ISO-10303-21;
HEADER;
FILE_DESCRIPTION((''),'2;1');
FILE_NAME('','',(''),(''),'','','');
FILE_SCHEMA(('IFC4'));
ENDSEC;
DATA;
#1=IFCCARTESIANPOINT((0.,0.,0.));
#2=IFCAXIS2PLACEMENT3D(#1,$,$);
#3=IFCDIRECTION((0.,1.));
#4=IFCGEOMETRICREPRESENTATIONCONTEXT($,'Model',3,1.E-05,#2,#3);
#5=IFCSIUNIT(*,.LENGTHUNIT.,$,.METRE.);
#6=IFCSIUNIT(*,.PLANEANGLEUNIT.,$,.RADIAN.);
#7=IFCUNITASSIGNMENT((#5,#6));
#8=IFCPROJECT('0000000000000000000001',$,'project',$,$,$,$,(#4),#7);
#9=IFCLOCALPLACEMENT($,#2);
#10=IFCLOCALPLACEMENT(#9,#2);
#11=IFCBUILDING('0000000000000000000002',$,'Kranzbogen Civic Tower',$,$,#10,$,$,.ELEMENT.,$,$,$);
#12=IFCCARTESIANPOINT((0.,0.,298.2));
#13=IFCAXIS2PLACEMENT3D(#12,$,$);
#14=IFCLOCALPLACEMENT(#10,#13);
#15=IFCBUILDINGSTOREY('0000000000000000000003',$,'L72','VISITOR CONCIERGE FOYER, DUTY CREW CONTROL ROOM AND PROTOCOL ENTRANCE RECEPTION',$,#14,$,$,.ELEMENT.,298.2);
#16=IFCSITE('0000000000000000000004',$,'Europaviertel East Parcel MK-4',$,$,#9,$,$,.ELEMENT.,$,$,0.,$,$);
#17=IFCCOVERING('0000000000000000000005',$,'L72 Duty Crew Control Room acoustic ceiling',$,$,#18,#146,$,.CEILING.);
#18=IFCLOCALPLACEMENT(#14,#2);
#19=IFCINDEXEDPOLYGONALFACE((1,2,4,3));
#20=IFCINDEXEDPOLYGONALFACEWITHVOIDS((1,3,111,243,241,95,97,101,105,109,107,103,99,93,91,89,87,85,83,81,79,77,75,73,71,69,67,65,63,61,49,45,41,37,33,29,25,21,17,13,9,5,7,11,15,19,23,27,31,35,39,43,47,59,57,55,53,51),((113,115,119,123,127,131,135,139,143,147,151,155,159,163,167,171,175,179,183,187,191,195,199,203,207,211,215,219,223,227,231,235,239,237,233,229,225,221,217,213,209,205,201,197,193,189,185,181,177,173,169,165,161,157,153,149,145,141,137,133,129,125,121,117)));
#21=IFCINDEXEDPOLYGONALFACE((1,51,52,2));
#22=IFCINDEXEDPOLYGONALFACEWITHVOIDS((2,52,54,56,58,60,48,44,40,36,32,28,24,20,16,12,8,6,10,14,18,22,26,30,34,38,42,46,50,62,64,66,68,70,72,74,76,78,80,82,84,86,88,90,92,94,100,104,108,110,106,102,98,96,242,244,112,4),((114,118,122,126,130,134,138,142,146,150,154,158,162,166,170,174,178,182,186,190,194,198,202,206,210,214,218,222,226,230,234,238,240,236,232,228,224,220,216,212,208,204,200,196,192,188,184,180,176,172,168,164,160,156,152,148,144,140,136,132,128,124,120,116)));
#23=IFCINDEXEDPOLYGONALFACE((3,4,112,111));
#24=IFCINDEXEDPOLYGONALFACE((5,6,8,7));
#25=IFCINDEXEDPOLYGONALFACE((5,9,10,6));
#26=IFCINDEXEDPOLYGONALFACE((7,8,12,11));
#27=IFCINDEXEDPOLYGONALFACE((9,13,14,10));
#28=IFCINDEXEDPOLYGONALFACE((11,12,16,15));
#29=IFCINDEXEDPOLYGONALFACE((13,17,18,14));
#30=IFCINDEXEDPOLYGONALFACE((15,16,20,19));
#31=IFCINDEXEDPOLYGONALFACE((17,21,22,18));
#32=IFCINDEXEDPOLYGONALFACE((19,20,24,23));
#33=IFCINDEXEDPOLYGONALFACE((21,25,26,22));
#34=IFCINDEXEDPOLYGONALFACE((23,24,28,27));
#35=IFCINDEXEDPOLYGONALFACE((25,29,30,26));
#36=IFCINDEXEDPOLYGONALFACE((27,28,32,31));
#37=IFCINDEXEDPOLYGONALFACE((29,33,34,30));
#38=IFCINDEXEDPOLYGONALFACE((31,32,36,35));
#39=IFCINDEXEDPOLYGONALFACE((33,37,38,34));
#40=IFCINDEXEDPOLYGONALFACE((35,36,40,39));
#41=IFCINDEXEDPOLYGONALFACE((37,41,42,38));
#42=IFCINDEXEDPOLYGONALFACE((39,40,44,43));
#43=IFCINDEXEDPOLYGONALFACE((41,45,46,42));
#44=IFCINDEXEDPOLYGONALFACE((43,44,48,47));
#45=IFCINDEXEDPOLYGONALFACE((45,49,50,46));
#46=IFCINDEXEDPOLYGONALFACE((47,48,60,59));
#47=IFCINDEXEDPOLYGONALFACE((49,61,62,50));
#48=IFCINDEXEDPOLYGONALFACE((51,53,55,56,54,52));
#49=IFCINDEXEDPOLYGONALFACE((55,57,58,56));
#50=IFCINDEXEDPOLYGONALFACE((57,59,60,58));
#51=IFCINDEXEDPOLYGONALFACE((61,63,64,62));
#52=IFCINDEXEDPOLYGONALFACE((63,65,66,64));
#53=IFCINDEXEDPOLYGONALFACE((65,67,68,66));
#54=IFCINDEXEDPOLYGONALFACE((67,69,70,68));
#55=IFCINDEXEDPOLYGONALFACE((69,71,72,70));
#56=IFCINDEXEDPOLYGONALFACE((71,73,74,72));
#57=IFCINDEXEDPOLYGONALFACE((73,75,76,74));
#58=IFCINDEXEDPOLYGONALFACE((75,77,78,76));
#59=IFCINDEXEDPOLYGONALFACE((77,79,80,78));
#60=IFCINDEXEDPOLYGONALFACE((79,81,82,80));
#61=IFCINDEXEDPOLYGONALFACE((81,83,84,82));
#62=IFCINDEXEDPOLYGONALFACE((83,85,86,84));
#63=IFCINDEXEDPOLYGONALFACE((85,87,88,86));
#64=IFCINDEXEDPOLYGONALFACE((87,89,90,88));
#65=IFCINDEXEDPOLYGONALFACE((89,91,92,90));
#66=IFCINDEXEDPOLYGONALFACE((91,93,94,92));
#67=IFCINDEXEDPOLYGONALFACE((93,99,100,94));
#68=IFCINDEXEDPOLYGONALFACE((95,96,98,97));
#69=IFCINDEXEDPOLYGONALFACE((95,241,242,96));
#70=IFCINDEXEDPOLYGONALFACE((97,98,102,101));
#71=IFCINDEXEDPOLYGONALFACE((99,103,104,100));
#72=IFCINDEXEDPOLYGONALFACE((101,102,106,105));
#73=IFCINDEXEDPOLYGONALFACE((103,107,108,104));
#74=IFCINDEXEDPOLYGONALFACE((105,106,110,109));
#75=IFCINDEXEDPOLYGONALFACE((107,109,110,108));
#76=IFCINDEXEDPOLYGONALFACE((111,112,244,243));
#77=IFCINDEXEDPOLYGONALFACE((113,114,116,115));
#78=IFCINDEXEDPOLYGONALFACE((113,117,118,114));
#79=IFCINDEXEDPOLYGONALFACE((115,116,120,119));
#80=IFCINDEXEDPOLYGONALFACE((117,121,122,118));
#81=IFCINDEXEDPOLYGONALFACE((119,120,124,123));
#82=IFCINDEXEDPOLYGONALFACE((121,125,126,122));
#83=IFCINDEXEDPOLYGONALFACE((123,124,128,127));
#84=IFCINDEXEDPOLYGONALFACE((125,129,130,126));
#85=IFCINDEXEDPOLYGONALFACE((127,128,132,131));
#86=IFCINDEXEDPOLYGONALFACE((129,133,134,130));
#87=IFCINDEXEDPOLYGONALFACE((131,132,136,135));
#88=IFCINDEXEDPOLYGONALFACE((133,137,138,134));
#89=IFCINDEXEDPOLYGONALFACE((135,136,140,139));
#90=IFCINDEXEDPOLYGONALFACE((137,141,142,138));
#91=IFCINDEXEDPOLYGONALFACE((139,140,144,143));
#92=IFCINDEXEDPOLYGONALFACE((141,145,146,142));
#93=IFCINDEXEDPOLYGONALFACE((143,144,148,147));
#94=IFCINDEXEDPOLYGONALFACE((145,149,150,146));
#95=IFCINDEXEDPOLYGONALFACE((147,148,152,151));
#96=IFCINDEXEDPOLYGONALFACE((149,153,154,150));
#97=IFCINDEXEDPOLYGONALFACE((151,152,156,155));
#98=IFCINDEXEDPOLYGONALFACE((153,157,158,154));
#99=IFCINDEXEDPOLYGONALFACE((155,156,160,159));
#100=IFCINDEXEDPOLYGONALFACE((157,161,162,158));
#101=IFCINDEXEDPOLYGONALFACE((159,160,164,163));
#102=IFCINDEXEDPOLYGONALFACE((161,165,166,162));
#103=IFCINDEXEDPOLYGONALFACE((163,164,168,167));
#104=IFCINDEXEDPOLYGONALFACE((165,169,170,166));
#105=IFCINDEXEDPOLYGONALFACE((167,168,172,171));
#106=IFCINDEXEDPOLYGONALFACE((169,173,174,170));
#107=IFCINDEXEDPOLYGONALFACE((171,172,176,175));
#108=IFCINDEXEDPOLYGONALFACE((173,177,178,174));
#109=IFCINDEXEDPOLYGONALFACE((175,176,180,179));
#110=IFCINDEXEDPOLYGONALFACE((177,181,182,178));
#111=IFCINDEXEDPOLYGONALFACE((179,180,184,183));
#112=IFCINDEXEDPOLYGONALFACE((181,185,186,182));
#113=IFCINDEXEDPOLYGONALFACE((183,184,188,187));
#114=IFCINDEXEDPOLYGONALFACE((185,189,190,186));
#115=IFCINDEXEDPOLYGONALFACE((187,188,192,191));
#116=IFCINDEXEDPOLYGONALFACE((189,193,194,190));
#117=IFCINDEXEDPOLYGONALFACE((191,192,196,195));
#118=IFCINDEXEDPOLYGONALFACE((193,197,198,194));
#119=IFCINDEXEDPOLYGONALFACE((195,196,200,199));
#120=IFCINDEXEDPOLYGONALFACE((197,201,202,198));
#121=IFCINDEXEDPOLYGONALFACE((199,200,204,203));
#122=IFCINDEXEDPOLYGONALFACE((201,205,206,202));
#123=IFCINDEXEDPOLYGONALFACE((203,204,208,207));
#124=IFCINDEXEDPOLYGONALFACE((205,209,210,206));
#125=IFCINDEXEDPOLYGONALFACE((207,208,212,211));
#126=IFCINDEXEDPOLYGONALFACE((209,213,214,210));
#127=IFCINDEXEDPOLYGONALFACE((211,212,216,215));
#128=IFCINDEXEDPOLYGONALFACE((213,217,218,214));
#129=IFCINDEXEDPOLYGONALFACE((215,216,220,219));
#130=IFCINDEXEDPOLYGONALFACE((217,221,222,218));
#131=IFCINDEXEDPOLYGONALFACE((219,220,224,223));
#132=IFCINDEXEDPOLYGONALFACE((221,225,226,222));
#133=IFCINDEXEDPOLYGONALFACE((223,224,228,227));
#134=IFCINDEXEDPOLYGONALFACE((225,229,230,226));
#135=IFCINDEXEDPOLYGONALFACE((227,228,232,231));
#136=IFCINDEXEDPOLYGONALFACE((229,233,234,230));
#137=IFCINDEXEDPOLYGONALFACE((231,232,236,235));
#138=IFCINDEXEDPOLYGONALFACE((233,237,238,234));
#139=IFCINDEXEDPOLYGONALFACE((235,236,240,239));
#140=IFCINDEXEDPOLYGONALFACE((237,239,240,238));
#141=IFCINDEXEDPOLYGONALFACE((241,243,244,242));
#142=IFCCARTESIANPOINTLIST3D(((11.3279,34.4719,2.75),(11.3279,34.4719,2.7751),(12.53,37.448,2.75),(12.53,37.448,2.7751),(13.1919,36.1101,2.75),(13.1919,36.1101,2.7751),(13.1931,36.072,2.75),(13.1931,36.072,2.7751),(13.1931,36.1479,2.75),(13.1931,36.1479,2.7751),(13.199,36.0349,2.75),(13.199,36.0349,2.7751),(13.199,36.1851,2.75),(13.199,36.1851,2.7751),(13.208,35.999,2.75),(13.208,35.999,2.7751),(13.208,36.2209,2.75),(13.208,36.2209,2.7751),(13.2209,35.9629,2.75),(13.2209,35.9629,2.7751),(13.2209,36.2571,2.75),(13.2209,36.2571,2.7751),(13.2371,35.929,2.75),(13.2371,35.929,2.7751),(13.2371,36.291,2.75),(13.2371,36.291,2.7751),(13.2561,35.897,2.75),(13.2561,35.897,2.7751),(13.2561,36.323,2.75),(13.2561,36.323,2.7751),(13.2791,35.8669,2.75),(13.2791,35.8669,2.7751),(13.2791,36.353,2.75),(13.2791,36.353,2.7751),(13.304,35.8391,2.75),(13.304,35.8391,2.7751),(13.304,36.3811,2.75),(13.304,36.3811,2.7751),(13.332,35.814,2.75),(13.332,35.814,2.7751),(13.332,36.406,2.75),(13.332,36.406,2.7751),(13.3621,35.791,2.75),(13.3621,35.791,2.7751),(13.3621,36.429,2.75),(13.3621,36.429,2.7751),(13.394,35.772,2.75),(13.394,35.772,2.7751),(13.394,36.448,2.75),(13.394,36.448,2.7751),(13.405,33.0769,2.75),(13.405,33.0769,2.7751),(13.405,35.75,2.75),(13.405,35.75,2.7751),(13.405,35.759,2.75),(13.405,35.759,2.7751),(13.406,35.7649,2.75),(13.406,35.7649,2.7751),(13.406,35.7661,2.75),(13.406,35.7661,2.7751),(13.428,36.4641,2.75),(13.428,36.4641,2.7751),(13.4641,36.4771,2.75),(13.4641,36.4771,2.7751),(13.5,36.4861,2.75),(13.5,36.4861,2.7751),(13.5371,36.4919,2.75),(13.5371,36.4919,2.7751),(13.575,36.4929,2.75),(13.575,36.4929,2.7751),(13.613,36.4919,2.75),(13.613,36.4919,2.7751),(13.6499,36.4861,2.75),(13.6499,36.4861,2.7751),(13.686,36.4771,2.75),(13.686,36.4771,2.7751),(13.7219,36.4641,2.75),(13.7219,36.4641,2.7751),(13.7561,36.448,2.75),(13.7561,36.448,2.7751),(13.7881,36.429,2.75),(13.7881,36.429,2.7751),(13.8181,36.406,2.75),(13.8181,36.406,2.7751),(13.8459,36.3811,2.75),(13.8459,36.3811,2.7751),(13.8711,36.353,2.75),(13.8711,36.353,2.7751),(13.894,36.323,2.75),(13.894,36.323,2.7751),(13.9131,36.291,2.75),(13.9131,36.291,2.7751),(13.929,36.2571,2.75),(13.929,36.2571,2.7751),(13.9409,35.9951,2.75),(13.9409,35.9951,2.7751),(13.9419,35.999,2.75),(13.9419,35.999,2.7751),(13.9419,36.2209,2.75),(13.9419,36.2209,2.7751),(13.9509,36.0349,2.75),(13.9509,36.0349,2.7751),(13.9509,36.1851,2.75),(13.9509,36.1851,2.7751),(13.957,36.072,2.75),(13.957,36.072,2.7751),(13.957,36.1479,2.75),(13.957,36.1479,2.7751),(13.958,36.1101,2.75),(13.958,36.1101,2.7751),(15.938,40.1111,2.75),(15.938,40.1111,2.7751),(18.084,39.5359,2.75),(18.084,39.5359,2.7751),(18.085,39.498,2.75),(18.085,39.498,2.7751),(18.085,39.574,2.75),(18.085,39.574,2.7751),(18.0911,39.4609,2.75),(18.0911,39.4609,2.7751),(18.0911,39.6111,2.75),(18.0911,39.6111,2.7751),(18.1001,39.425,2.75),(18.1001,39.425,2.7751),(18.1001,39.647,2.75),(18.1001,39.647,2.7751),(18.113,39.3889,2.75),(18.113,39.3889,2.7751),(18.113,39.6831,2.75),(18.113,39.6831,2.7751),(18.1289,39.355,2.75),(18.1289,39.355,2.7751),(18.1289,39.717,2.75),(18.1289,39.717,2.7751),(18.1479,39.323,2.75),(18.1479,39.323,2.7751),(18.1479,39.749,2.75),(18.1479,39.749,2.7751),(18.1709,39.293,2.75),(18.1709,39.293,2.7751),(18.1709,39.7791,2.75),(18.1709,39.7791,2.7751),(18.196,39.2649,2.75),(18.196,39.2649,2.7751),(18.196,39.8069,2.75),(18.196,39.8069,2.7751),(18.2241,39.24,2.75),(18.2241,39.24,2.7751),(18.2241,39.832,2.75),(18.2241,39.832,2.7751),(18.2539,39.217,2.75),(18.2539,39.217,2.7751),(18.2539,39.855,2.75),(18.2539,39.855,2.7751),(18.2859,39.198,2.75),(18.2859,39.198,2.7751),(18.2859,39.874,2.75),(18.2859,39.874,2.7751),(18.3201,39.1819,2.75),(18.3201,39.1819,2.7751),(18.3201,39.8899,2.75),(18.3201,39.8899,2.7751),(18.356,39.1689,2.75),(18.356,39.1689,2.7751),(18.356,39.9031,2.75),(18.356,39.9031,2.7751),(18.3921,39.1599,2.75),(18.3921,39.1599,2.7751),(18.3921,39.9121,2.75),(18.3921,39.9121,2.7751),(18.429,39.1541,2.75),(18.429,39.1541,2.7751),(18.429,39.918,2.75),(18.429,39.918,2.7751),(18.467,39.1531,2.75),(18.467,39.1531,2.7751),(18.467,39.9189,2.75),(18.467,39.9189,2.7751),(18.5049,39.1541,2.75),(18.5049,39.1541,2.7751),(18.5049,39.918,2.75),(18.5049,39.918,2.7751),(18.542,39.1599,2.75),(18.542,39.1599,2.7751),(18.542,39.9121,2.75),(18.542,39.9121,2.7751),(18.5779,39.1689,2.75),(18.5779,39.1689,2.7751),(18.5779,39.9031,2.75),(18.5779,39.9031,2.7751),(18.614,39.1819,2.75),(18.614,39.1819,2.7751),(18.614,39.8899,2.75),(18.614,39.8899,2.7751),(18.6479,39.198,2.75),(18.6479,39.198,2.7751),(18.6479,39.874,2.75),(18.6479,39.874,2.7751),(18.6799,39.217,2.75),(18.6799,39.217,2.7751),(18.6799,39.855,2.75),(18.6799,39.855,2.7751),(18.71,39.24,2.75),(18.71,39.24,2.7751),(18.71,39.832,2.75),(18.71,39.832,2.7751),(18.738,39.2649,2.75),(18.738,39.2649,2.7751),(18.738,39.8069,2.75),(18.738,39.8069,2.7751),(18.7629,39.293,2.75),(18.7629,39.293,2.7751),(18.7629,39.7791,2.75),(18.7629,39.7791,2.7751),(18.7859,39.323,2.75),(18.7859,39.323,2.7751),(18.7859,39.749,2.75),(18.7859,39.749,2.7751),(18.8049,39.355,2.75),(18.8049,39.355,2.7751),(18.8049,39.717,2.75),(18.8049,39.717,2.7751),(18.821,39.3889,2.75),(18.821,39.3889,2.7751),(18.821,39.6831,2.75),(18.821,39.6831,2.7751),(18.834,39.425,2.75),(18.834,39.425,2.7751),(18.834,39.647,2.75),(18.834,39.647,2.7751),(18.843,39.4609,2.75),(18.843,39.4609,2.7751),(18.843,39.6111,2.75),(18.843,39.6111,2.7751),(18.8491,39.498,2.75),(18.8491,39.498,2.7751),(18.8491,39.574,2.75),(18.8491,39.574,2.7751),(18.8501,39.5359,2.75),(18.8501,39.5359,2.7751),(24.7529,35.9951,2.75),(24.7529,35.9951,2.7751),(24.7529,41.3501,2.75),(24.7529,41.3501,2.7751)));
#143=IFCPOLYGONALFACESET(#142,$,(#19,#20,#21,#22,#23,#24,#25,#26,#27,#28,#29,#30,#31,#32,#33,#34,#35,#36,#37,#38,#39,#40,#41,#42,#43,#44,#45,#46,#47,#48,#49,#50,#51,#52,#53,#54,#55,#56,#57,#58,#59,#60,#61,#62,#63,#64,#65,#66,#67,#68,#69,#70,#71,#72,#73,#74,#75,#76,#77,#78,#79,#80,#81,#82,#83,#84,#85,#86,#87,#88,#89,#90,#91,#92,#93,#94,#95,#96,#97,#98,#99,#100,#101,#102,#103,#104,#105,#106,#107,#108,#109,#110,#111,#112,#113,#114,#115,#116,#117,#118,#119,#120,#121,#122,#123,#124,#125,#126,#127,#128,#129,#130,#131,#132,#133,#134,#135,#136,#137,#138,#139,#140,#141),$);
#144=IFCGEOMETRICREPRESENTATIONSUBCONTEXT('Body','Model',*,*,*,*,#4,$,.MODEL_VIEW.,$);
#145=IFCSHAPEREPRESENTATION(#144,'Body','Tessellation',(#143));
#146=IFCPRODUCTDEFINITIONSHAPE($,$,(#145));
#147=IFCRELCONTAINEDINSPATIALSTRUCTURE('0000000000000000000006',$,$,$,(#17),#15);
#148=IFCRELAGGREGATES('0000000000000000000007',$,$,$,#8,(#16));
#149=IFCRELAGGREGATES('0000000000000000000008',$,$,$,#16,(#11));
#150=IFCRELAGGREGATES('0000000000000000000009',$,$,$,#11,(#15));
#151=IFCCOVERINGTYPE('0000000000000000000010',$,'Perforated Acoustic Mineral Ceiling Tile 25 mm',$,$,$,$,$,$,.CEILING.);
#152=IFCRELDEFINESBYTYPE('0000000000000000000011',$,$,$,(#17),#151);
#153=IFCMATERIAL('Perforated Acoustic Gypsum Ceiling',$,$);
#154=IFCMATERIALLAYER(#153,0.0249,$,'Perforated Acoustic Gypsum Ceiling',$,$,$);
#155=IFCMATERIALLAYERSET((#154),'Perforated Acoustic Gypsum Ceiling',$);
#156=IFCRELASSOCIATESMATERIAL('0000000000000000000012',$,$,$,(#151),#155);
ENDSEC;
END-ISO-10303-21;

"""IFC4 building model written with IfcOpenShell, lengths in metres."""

from ifc_helpers import new_model, si_unit, direction, frame, origin, place, context, subcontext, project, spatial, polyline, outline, extrude, material, layer, layer_set, type_object, element, save


model = new_model("IFC4")

# Units and contexts
model_context = context("Model", 3, precision=1e-05, world=origin(), true_north=direction((0.0, 1.0)))
body_context = subcontext(model_context, "Body", "Model", "MODEL_VIEW")
ifc_project = project(units=[si_unit("LENGTHUNIT", "METRE"), si_unit("PLANEANGLEUNIT", "RADIAN")], contexts=[model_context])

# Site, building, storey
site_placement = place(None, origin())
site = spatial("IfcSite", under=ifc_project, at=site_placement, Name="Europaviertel East Parcel MK-4", CompositionType="ELEMENT", RefElevation=0.0)
building_placement = place(site_placement, origin())
building = spatial("IfcBuilding", under=site, at=building_placement, Name="Kranzbogen Civic Tower", CompositionType="ELEMENT")
storey_placement = place(building_placement, frame((0.0, 0.0, 298.2)))
storey = spatial("IfcBuildingStorey", under=building, at=storey_placement, Name="L72", Description="VISITOR CONCIERGE FOYER, DUTY CREW CONTROL ROOM AND PROTOCOL ENTRANCE RECEPTION", CompositionType="ELEMENT", Elevation=298.2)

# Covering
ifc_material_1 = material(Name="Perforated Acoustic Gypsum Ceiling")
ifc_layer_1 = layer(ifc_material_1, 0.0249, Name="Perforated Acoustic Gypsum Ceiling")
ifc_layer_set_1 = layer_set([ifc_layer_1], Name="Perforated Acoustic Gypsum Ceiling")
covering_type = type_object("IfcCoveringType", Name="Perforated Acoustic Mineral Ceiling Tile 25 mm", PredefinedType="CEILING", material=ifc_layer_set_1)
covering_1_placement = place(storey_placement, frame((0.0, 0.0, 2.75)))
element("IfcCovering", 1, at=covering_1_placement, inside=storey, type_object=covering_type, Name="L72 Duty Crew Control Room acoustic ceiling", PredefinedType="CEILING", context=body_context, shape_type="SweptSolid", body=[
    extrude(outline(polyline([(15.938, 40.1111), (24.7529, 41.3501), (24.7529, 35.9951), (13.9409, 35.9951), (13.9419, 35.999), (13.9509, 36.0349), (13.957, 36.072), (13.958, 36.1101), (13.957, 36.1479), (13.9509, 36.1851), (13.9419, 36.2209), (13.929, 36.2571), (13.9131, 36.291), (13.894, 36.323), (13.8711, 36.353), (13.8459, 36.3811), (13.8181, 36.406), (13.7881, 36.429), (13.7561, 36.448), (13.7219, 36.4641), (13.686, 36.4771), (13.6499, 36.4861), (13.613, 36.4919), (13.575, 36.4929), (13.5371, 36.4919), (13.5, 36.4861), (13.4641, 36.4771), (13.428, 36.4641), (13.394, 36.448), (13.3621, 36.429), (13.332, 36.406), (13.304, 36.3811), (13.2791, 36.353), (13.2561, 36.323), (13.2371, 36.291), (13.2209, 36.2571), (13.208, 36.2209), (13.199, 36.1851), (13.1931, 36.1479), (13.1919, 36.1101), (13.1931, 36.072), (13.199, 36.0349), (13.208, 35.999), (13.2209, 35.9629), (13.2371, 35.929), (13.2561, 35.897), (13.2791, 35.8669), (13.304, 35.8391), (13.332, 35.814), (13.3621, 35.791), (13.394, 35.772), (13.406, 35.7661), (13.406, 35.7649), (13.405, 35.759), (13.405, 35.75), (13.405, 33.0769), (11.3279, 34.4719), (12.53, 37.448), (15.938, 40.1111)]), holes=[polyline([(18.821, 39.3889), (18.8049, 39.355), (18.7859, 39.323), (18.7629, 39.293), (18.738, 39.2649), (18.71, 39.24), (18.6799, 39.217), (18.6479, 39.198), (18.614, 39.1819), (18.5779, 39.1689), (18.542, 39.1599), (18.5049, 39.1541), (18.467, 39.1531), (18.429, 39.1541), (18.3921, 39.1599), (18.356, 39.1689), (18.3201, 39.1819), (18.2859, 39.198), (18.2539, 39.217), (18.2241, 39.24), (18.196, 39.2649), (18.1709, 39.293), (18.1479, 39.323), (18.1289, 39.355), (18.113, 39.3889), (18.1001, 39.425), (18.0911, 39.4609), (18.085, 39.498), (18.084, 39.5359), (18.085, 39.574), (18.0911, 39.6111), (18.1001, 39.647), (18.113, 39.6831), (18.1289, 39.717), (18.1479, 39.749), (18.1709, 39.7791), (18.196, 39.8069), (18.2241, 39.832), (18.2539, 39.855), (18.2859, 39.874), (18.3201, 39.8899), (18.356, 39.9031), (18.3921, 39.9121), (18.429, 39.918), (18.467, 39.9189), (18.5049, 39.918), (18.542, 39.9121), (18.5779, 39.9031), (18.614, 39.8899), (18.6479, 39.874), (18.6799, 39.855), (18.71, 39.832), (18.738, 39.8069), (18.7629, 39.7791), (18.7859, 39.749), (18.8049, 39.717), (18.821, 39.6831), (18.834, 39.647), (18.843, 39.6111), (18.8491, 39.574), (18.8501, 39.5359), (18.8491, 39.498), (18.843, 39.4609), (18.834, 39.425), (18.821, 39.3889)])]), origin(), (0.0, 0.0, 1.0), 0.0251),
])

save(model, "model.ifc")
